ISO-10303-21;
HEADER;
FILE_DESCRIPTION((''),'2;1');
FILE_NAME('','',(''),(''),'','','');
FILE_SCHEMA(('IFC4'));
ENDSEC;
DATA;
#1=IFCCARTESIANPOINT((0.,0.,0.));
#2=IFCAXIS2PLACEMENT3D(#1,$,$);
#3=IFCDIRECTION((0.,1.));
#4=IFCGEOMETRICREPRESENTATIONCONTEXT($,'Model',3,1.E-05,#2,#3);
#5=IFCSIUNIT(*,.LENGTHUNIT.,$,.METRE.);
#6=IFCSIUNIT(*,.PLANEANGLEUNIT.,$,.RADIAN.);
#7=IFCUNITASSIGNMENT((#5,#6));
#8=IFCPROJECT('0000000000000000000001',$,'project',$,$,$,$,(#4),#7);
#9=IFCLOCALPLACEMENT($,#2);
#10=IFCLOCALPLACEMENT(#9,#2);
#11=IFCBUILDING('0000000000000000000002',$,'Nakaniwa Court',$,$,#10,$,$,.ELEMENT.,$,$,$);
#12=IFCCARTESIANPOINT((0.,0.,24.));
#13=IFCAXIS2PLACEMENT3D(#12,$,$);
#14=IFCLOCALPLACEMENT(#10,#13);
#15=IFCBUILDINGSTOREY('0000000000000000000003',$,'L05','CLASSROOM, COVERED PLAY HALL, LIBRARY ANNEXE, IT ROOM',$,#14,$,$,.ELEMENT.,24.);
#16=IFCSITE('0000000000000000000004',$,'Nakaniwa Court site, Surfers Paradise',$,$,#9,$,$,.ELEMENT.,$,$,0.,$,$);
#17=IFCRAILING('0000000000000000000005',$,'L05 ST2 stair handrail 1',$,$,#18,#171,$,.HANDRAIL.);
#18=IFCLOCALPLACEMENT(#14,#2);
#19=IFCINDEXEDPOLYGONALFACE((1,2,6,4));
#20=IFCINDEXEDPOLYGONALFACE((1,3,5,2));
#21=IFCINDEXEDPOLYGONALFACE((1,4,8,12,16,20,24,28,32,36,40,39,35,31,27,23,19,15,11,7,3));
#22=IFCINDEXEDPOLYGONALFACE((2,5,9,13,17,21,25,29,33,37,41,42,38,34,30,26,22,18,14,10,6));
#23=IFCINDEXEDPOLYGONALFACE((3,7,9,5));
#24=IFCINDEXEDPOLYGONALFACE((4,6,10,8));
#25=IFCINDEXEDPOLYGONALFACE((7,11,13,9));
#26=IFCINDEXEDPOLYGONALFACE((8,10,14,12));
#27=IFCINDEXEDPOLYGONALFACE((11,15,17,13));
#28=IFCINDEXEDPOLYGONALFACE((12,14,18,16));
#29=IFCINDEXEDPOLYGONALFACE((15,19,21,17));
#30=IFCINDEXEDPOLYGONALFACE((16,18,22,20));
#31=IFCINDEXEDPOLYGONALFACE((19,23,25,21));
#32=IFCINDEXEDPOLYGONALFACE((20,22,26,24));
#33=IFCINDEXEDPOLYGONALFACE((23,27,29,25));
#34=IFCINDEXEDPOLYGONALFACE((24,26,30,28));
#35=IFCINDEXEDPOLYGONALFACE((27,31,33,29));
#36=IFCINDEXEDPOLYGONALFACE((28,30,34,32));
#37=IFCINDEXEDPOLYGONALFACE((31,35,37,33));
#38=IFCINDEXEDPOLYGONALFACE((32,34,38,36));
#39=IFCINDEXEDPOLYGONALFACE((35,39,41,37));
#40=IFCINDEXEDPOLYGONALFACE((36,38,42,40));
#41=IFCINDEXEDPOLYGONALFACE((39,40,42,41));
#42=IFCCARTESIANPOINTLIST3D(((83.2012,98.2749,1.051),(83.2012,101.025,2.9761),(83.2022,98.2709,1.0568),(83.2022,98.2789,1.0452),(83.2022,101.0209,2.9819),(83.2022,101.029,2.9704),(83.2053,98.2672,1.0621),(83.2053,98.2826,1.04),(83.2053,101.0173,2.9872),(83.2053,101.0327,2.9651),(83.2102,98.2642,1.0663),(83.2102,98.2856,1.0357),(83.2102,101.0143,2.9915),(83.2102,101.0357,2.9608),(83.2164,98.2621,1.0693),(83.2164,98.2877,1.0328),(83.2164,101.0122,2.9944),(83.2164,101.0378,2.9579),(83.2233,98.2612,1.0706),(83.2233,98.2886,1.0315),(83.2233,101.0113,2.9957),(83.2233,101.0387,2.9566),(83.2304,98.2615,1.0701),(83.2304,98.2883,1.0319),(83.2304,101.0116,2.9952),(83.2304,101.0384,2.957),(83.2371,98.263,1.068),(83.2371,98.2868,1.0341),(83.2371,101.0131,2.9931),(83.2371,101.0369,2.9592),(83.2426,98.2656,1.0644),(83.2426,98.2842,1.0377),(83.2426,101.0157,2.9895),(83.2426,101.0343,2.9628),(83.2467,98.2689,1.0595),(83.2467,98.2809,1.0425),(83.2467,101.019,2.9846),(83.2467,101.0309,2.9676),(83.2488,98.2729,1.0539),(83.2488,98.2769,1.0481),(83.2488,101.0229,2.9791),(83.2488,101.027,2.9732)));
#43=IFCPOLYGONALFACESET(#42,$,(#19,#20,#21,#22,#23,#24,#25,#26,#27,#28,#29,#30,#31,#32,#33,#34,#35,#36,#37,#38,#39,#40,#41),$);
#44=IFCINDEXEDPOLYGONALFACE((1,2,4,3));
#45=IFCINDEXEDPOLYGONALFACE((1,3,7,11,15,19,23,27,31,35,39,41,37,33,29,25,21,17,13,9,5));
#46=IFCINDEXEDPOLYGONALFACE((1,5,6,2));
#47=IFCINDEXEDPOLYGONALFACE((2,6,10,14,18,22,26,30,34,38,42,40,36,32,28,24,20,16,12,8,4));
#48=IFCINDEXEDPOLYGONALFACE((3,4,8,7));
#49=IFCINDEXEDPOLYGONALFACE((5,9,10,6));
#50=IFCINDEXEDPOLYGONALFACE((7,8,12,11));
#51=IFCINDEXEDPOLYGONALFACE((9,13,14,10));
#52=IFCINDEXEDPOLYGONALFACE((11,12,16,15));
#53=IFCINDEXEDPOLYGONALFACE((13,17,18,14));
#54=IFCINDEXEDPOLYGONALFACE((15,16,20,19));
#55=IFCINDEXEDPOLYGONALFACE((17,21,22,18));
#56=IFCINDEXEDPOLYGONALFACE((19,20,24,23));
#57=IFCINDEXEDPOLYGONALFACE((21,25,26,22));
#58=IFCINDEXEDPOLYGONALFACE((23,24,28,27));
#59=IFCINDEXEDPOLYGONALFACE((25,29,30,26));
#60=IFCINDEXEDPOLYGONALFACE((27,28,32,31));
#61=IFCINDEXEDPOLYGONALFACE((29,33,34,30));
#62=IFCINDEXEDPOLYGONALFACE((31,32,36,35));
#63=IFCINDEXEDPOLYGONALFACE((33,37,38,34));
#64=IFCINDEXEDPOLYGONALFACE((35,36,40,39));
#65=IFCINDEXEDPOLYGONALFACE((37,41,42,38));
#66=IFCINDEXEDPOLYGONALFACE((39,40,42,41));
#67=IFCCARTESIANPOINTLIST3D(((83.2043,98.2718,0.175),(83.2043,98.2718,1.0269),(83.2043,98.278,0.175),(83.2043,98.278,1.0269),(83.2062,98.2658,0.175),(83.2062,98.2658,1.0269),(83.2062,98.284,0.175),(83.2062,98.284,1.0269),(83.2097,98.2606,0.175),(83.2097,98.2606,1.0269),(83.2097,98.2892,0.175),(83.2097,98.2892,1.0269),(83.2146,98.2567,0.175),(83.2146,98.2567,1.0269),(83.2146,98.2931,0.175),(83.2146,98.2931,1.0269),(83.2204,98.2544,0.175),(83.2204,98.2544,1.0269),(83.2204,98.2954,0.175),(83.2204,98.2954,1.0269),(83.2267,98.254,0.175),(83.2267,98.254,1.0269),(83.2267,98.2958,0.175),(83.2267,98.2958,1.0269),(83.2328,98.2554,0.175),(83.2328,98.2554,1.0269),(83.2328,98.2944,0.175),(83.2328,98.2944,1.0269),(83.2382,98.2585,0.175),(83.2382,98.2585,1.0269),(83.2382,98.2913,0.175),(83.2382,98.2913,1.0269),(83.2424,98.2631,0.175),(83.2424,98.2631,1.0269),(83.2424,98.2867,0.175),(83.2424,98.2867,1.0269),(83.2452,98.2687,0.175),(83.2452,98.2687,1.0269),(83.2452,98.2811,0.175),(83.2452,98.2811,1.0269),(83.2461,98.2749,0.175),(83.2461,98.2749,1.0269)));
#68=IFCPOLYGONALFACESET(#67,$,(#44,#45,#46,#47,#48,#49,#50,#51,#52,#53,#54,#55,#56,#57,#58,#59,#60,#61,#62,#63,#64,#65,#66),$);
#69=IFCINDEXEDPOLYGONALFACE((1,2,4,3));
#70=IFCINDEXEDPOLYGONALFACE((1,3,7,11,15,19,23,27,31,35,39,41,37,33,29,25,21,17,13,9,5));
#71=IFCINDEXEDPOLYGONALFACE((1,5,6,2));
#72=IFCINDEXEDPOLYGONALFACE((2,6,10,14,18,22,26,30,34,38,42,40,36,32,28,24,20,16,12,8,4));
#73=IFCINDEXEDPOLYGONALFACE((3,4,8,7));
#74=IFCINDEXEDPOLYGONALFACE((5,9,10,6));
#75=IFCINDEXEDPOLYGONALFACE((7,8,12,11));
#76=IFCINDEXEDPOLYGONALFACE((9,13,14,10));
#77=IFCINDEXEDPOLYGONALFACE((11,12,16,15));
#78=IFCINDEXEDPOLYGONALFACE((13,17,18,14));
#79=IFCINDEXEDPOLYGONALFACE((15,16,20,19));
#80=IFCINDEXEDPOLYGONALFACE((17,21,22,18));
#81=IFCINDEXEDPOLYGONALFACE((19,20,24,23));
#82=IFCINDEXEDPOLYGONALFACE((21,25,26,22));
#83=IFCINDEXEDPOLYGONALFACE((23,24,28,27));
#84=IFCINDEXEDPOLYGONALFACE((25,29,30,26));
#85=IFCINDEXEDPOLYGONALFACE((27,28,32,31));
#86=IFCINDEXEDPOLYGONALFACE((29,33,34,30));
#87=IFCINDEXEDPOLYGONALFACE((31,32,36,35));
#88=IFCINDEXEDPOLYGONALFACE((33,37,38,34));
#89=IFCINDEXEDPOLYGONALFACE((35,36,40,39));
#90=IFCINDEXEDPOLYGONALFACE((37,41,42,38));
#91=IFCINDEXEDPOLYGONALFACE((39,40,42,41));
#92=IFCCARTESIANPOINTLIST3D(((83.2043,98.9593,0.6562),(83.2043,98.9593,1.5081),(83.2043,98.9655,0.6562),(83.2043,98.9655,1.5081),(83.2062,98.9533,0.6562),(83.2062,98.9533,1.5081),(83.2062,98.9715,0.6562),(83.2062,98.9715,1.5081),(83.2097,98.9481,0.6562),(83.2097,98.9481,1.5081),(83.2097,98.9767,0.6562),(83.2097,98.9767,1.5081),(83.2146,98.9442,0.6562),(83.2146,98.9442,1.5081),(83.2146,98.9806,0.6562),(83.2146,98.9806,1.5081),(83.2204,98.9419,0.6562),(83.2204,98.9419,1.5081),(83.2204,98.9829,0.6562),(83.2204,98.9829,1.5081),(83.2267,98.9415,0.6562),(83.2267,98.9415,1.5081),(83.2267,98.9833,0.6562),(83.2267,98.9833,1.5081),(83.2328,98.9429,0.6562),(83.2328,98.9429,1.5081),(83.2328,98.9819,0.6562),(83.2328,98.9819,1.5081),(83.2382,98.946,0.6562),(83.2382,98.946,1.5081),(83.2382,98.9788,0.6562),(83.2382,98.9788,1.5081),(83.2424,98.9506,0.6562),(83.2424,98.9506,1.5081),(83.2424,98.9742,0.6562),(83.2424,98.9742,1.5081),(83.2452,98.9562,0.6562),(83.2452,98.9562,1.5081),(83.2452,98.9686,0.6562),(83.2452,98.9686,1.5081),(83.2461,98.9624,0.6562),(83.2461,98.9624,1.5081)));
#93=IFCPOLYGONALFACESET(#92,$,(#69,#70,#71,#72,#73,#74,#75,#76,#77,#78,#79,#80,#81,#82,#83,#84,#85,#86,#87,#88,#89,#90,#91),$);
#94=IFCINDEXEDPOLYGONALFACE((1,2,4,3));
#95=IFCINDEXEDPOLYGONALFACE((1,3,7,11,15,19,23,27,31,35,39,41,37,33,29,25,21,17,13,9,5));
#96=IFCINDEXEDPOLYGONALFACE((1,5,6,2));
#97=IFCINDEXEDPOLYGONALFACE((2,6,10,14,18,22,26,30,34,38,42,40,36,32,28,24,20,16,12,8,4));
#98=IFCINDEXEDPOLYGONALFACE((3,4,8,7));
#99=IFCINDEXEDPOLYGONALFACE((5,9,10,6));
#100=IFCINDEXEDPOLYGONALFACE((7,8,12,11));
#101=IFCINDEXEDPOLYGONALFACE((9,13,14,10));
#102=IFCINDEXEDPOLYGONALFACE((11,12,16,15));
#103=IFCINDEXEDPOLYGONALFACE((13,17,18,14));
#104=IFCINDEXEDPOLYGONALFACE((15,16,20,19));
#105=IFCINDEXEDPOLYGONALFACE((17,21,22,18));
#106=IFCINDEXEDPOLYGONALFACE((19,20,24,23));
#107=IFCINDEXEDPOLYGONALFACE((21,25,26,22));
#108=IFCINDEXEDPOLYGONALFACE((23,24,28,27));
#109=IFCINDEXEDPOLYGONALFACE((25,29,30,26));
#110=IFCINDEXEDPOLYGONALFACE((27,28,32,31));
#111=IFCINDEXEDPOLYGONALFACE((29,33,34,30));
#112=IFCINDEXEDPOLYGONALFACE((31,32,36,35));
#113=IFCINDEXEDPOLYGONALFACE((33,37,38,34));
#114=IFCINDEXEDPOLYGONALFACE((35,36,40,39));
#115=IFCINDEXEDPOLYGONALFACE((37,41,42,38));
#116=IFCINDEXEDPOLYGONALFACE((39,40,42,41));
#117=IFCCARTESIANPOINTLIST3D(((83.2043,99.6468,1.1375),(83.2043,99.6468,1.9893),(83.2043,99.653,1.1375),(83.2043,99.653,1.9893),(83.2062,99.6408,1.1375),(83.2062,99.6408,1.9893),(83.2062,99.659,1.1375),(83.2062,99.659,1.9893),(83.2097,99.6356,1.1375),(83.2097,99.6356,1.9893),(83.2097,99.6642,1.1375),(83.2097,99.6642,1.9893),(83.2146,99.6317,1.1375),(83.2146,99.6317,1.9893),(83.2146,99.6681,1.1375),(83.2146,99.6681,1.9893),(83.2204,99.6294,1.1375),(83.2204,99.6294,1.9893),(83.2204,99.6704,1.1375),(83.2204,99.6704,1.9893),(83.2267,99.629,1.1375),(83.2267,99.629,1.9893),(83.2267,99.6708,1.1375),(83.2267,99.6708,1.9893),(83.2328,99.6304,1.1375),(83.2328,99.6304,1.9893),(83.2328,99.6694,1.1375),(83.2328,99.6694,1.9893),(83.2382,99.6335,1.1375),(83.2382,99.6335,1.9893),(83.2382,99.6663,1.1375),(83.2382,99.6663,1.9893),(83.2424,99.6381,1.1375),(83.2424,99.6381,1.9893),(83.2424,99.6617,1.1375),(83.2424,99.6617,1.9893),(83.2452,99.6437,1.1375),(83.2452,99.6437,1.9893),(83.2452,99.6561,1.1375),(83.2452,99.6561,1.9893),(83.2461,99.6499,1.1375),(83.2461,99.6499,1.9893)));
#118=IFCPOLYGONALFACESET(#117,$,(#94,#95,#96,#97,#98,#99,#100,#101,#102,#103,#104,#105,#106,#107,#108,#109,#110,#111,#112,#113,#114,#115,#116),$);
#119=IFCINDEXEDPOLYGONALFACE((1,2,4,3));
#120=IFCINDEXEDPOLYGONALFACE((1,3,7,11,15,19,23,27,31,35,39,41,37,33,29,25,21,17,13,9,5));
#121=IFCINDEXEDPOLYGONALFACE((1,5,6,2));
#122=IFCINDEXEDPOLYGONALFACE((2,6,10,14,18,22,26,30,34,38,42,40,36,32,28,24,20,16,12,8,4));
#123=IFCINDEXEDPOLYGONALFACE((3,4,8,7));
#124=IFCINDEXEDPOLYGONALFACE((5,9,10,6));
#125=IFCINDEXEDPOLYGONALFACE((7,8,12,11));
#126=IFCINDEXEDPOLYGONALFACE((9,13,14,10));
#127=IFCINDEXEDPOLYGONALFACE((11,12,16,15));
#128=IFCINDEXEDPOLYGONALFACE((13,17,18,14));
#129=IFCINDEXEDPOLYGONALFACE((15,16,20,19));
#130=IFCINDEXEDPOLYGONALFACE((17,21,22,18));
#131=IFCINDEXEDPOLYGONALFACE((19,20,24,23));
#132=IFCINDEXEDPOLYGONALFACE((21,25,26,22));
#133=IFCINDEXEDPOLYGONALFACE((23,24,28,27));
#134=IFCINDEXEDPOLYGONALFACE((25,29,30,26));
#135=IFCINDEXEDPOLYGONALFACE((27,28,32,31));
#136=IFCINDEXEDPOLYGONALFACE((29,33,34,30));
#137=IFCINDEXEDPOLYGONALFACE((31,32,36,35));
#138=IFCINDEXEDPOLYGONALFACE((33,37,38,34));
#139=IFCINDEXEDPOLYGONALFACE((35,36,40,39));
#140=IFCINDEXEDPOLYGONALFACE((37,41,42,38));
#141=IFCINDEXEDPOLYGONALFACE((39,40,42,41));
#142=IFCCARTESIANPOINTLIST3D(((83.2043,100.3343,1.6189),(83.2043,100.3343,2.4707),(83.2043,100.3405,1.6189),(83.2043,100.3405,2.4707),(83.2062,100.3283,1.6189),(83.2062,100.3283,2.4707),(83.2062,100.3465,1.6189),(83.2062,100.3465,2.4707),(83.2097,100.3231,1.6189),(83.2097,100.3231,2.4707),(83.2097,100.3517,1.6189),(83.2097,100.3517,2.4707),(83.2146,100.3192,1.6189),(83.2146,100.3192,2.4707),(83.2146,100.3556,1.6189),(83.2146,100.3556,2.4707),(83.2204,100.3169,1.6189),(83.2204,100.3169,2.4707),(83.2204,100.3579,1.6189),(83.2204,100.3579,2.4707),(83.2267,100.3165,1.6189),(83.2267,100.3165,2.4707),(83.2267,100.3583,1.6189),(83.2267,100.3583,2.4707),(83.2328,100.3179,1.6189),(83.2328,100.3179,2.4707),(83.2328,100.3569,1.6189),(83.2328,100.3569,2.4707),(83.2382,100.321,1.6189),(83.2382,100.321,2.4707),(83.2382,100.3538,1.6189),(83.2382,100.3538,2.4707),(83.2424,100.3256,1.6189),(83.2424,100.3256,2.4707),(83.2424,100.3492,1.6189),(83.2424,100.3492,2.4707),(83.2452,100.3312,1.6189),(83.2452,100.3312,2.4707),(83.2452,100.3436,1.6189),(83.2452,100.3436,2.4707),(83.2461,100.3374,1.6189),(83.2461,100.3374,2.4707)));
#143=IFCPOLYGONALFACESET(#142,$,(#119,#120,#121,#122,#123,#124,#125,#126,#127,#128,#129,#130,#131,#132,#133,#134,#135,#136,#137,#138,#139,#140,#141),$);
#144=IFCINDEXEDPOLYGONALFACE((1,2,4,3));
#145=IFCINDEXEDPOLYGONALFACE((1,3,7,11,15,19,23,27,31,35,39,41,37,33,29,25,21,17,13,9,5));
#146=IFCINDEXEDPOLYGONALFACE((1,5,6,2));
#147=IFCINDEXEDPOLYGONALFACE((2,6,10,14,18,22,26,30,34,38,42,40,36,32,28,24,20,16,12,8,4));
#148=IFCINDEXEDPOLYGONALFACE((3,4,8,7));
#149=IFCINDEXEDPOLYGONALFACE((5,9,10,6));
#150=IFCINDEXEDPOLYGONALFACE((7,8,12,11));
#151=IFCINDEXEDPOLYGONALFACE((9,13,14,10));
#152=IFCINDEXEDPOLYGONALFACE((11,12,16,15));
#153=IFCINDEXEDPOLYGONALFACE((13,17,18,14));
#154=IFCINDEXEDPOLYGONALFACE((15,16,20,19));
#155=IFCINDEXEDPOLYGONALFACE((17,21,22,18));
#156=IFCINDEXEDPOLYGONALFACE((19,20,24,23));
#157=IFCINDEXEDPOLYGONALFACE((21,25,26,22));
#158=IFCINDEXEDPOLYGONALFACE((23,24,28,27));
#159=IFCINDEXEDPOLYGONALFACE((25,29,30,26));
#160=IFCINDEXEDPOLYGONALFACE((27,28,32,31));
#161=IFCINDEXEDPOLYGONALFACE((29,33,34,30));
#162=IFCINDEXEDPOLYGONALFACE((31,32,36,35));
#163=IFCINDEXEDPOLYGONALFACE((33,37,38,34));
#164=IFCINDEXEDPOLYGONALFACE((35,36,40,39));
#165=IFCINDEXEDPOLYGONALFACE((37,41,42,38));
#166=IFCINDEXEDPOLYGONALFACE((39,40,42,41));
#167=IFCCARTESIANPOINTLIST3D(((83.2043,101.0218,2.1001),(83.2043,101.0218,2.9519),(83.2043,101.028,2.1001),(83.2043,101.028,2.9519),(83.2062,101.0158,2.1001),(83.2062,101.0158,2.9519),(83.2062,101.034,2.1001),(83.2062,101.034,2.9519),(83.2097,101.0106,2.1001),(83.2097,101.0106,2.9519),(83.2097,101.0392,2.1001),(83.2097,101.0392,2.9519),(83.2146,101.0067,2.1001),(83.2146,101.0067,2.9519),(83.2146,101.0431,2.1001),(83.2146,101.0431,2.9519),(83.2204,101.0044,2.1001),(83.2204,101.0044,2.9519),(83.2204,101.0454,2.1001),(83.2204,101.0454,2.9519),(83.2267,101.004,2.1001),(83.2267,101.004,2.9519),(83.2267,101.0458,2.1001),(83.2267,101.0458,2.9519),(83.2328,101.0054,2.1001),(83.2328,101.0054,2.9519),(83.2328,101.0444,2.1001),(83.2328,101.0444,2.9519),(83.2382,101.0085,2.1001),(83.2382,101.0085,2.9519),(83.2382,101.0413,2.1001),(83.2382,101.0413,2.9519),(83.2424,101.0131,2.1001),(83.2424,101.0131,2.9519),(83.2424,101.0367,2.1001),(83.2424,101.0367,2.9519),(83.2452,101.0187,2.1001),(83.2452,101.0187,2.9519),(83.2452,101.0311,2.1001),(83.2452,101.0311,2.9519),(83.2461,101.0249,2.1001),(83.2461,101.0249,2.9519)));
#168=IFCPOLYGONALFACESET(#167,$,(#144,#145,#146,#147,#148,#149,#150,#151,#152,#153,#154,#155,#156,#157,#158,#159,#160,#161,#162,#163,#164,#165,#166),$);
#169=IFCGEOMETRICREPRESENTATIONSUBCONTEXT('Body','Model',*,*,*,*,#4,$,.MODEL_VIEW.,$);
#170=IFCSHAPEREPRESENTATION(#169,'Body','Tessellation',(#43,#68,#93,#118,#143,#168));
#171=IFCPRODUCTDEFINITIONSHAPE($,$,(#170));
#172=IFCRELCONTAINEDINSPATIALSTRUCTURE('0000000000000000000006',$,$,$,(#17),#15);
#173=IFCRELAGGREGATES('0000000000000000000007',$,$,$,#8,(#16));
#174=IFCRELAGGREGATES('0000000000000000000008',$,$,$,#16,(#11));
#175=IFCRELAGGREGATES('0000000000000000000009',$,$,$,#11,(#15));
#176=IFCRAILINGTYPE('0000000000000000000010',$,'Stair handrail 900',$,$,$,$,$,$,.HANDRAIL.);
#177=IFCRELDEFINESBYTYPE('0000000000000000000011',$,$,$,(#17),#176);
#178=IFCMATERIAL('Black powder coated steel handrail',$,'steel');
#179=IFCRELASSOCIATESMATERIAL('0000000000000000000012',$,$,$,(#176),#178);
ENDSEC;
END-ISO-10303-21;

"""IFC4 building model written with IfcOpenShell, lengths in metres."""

from ifc_helpers import new_model, si_unit, direction, frame, origin, origin_2d, place, context, subcontext, project, spatial, circle, extrude, material, type_object, element, save


model = new_model("IFC4")

# Units and contexts
model_context = context("Model", 3, precision=1e-05, world=origin(), true_north=direction((0.0, 1.0)))
body_context = subcontext(model_context, "Body", "Model", "MODEL_VIEW")
ifc_project = project(units=[si_unit("LENGTHUNIT", "METRE"), si_unit("PLANEANGLEUNIT", "RADIAN")], contexts=[model_context])

# Site, building, storey
site_placement = place(None, origin())
site = spatial("IfcSite", under=ifc_project, at=site_placement, Name="Nakaniwa Court site, Surfers Paradise", CompositionType="ELEMENT", RefElevation=0.0)
building_placement = place(site_placement, origin())
building = spatial("IfcBuilding", under=site, at=building_placement, Name="Nakaniwa Court", CompositionType="ELEMENT")
storey_placement = place(building_placement, frame((0.0, 0.0, 24.0)))
storey = spatial("IfcBuildingStorey", under=building, at=storey_placement, Name="L05", Description="CLASSROOM, COVERED PLAY HALL, LIBRARY ANNEXE, IT ROOM", CompositionType="ELEMENT", Elevation=24.0)

# Railing
ifc_material_1 = material(Name="Black powder coated steel handrail", Category="steel")
railing_type_1 = type_object("IfcRailingType", Name="Stair handrail 900", PredefinedType="HANDRAIL", material=ifc_material_1)
railing_1_placement = place(storey_placement, frame((83.2251, 98.2749, 0.175)))
element("IfcRailing", 1, at=railing_1_placement, inside=storey, type_object=railing_type_1, Name="L05 ST2 stair handrail 1", PredefinedType="HANDRAIL", context=body_context, shape_type="SweptSolid", body=[
    extrude(circle(Radius=0.0239, at=origin_2d()), frame((0.0, 0.0, 0.876), z_axis=(0.0, 0.819225, 0.573472), x_axis=(-1.0, 0.0, 0.0)), (0.0, 0.0, 1.0), 3.3569),
    extrude(circle(Radius=0.021, at=origin_2d()), origin(), (0.0, 0.0, 1.0), 0.8518),
    extrude(circle(Radius=0.021, at=origin_2d()), frame((0.0, 0.6875, 0.4812)), (0.0, 0.0, 1.0), 0.8518),
    extrude(circle(Radius=0.021, at=origin_2d()), frame((0.0, 1.375, 0.9624)), (0.0, 0.0, 1.0), 0.8518),
    extrude(circle(Radius=0.021, at=origin_2d()), frame((0.0, 2.0625, 1.4438)), (0.0, 0.0, 1.0), 0.8518),
    extrude(circle(Radius=0.021, at=origin_2d()), frame((0.0, 2.75, 1.925)), (0.0, 0.0, 1.0), 0.8518),
])

save(model, "model.ifc")
